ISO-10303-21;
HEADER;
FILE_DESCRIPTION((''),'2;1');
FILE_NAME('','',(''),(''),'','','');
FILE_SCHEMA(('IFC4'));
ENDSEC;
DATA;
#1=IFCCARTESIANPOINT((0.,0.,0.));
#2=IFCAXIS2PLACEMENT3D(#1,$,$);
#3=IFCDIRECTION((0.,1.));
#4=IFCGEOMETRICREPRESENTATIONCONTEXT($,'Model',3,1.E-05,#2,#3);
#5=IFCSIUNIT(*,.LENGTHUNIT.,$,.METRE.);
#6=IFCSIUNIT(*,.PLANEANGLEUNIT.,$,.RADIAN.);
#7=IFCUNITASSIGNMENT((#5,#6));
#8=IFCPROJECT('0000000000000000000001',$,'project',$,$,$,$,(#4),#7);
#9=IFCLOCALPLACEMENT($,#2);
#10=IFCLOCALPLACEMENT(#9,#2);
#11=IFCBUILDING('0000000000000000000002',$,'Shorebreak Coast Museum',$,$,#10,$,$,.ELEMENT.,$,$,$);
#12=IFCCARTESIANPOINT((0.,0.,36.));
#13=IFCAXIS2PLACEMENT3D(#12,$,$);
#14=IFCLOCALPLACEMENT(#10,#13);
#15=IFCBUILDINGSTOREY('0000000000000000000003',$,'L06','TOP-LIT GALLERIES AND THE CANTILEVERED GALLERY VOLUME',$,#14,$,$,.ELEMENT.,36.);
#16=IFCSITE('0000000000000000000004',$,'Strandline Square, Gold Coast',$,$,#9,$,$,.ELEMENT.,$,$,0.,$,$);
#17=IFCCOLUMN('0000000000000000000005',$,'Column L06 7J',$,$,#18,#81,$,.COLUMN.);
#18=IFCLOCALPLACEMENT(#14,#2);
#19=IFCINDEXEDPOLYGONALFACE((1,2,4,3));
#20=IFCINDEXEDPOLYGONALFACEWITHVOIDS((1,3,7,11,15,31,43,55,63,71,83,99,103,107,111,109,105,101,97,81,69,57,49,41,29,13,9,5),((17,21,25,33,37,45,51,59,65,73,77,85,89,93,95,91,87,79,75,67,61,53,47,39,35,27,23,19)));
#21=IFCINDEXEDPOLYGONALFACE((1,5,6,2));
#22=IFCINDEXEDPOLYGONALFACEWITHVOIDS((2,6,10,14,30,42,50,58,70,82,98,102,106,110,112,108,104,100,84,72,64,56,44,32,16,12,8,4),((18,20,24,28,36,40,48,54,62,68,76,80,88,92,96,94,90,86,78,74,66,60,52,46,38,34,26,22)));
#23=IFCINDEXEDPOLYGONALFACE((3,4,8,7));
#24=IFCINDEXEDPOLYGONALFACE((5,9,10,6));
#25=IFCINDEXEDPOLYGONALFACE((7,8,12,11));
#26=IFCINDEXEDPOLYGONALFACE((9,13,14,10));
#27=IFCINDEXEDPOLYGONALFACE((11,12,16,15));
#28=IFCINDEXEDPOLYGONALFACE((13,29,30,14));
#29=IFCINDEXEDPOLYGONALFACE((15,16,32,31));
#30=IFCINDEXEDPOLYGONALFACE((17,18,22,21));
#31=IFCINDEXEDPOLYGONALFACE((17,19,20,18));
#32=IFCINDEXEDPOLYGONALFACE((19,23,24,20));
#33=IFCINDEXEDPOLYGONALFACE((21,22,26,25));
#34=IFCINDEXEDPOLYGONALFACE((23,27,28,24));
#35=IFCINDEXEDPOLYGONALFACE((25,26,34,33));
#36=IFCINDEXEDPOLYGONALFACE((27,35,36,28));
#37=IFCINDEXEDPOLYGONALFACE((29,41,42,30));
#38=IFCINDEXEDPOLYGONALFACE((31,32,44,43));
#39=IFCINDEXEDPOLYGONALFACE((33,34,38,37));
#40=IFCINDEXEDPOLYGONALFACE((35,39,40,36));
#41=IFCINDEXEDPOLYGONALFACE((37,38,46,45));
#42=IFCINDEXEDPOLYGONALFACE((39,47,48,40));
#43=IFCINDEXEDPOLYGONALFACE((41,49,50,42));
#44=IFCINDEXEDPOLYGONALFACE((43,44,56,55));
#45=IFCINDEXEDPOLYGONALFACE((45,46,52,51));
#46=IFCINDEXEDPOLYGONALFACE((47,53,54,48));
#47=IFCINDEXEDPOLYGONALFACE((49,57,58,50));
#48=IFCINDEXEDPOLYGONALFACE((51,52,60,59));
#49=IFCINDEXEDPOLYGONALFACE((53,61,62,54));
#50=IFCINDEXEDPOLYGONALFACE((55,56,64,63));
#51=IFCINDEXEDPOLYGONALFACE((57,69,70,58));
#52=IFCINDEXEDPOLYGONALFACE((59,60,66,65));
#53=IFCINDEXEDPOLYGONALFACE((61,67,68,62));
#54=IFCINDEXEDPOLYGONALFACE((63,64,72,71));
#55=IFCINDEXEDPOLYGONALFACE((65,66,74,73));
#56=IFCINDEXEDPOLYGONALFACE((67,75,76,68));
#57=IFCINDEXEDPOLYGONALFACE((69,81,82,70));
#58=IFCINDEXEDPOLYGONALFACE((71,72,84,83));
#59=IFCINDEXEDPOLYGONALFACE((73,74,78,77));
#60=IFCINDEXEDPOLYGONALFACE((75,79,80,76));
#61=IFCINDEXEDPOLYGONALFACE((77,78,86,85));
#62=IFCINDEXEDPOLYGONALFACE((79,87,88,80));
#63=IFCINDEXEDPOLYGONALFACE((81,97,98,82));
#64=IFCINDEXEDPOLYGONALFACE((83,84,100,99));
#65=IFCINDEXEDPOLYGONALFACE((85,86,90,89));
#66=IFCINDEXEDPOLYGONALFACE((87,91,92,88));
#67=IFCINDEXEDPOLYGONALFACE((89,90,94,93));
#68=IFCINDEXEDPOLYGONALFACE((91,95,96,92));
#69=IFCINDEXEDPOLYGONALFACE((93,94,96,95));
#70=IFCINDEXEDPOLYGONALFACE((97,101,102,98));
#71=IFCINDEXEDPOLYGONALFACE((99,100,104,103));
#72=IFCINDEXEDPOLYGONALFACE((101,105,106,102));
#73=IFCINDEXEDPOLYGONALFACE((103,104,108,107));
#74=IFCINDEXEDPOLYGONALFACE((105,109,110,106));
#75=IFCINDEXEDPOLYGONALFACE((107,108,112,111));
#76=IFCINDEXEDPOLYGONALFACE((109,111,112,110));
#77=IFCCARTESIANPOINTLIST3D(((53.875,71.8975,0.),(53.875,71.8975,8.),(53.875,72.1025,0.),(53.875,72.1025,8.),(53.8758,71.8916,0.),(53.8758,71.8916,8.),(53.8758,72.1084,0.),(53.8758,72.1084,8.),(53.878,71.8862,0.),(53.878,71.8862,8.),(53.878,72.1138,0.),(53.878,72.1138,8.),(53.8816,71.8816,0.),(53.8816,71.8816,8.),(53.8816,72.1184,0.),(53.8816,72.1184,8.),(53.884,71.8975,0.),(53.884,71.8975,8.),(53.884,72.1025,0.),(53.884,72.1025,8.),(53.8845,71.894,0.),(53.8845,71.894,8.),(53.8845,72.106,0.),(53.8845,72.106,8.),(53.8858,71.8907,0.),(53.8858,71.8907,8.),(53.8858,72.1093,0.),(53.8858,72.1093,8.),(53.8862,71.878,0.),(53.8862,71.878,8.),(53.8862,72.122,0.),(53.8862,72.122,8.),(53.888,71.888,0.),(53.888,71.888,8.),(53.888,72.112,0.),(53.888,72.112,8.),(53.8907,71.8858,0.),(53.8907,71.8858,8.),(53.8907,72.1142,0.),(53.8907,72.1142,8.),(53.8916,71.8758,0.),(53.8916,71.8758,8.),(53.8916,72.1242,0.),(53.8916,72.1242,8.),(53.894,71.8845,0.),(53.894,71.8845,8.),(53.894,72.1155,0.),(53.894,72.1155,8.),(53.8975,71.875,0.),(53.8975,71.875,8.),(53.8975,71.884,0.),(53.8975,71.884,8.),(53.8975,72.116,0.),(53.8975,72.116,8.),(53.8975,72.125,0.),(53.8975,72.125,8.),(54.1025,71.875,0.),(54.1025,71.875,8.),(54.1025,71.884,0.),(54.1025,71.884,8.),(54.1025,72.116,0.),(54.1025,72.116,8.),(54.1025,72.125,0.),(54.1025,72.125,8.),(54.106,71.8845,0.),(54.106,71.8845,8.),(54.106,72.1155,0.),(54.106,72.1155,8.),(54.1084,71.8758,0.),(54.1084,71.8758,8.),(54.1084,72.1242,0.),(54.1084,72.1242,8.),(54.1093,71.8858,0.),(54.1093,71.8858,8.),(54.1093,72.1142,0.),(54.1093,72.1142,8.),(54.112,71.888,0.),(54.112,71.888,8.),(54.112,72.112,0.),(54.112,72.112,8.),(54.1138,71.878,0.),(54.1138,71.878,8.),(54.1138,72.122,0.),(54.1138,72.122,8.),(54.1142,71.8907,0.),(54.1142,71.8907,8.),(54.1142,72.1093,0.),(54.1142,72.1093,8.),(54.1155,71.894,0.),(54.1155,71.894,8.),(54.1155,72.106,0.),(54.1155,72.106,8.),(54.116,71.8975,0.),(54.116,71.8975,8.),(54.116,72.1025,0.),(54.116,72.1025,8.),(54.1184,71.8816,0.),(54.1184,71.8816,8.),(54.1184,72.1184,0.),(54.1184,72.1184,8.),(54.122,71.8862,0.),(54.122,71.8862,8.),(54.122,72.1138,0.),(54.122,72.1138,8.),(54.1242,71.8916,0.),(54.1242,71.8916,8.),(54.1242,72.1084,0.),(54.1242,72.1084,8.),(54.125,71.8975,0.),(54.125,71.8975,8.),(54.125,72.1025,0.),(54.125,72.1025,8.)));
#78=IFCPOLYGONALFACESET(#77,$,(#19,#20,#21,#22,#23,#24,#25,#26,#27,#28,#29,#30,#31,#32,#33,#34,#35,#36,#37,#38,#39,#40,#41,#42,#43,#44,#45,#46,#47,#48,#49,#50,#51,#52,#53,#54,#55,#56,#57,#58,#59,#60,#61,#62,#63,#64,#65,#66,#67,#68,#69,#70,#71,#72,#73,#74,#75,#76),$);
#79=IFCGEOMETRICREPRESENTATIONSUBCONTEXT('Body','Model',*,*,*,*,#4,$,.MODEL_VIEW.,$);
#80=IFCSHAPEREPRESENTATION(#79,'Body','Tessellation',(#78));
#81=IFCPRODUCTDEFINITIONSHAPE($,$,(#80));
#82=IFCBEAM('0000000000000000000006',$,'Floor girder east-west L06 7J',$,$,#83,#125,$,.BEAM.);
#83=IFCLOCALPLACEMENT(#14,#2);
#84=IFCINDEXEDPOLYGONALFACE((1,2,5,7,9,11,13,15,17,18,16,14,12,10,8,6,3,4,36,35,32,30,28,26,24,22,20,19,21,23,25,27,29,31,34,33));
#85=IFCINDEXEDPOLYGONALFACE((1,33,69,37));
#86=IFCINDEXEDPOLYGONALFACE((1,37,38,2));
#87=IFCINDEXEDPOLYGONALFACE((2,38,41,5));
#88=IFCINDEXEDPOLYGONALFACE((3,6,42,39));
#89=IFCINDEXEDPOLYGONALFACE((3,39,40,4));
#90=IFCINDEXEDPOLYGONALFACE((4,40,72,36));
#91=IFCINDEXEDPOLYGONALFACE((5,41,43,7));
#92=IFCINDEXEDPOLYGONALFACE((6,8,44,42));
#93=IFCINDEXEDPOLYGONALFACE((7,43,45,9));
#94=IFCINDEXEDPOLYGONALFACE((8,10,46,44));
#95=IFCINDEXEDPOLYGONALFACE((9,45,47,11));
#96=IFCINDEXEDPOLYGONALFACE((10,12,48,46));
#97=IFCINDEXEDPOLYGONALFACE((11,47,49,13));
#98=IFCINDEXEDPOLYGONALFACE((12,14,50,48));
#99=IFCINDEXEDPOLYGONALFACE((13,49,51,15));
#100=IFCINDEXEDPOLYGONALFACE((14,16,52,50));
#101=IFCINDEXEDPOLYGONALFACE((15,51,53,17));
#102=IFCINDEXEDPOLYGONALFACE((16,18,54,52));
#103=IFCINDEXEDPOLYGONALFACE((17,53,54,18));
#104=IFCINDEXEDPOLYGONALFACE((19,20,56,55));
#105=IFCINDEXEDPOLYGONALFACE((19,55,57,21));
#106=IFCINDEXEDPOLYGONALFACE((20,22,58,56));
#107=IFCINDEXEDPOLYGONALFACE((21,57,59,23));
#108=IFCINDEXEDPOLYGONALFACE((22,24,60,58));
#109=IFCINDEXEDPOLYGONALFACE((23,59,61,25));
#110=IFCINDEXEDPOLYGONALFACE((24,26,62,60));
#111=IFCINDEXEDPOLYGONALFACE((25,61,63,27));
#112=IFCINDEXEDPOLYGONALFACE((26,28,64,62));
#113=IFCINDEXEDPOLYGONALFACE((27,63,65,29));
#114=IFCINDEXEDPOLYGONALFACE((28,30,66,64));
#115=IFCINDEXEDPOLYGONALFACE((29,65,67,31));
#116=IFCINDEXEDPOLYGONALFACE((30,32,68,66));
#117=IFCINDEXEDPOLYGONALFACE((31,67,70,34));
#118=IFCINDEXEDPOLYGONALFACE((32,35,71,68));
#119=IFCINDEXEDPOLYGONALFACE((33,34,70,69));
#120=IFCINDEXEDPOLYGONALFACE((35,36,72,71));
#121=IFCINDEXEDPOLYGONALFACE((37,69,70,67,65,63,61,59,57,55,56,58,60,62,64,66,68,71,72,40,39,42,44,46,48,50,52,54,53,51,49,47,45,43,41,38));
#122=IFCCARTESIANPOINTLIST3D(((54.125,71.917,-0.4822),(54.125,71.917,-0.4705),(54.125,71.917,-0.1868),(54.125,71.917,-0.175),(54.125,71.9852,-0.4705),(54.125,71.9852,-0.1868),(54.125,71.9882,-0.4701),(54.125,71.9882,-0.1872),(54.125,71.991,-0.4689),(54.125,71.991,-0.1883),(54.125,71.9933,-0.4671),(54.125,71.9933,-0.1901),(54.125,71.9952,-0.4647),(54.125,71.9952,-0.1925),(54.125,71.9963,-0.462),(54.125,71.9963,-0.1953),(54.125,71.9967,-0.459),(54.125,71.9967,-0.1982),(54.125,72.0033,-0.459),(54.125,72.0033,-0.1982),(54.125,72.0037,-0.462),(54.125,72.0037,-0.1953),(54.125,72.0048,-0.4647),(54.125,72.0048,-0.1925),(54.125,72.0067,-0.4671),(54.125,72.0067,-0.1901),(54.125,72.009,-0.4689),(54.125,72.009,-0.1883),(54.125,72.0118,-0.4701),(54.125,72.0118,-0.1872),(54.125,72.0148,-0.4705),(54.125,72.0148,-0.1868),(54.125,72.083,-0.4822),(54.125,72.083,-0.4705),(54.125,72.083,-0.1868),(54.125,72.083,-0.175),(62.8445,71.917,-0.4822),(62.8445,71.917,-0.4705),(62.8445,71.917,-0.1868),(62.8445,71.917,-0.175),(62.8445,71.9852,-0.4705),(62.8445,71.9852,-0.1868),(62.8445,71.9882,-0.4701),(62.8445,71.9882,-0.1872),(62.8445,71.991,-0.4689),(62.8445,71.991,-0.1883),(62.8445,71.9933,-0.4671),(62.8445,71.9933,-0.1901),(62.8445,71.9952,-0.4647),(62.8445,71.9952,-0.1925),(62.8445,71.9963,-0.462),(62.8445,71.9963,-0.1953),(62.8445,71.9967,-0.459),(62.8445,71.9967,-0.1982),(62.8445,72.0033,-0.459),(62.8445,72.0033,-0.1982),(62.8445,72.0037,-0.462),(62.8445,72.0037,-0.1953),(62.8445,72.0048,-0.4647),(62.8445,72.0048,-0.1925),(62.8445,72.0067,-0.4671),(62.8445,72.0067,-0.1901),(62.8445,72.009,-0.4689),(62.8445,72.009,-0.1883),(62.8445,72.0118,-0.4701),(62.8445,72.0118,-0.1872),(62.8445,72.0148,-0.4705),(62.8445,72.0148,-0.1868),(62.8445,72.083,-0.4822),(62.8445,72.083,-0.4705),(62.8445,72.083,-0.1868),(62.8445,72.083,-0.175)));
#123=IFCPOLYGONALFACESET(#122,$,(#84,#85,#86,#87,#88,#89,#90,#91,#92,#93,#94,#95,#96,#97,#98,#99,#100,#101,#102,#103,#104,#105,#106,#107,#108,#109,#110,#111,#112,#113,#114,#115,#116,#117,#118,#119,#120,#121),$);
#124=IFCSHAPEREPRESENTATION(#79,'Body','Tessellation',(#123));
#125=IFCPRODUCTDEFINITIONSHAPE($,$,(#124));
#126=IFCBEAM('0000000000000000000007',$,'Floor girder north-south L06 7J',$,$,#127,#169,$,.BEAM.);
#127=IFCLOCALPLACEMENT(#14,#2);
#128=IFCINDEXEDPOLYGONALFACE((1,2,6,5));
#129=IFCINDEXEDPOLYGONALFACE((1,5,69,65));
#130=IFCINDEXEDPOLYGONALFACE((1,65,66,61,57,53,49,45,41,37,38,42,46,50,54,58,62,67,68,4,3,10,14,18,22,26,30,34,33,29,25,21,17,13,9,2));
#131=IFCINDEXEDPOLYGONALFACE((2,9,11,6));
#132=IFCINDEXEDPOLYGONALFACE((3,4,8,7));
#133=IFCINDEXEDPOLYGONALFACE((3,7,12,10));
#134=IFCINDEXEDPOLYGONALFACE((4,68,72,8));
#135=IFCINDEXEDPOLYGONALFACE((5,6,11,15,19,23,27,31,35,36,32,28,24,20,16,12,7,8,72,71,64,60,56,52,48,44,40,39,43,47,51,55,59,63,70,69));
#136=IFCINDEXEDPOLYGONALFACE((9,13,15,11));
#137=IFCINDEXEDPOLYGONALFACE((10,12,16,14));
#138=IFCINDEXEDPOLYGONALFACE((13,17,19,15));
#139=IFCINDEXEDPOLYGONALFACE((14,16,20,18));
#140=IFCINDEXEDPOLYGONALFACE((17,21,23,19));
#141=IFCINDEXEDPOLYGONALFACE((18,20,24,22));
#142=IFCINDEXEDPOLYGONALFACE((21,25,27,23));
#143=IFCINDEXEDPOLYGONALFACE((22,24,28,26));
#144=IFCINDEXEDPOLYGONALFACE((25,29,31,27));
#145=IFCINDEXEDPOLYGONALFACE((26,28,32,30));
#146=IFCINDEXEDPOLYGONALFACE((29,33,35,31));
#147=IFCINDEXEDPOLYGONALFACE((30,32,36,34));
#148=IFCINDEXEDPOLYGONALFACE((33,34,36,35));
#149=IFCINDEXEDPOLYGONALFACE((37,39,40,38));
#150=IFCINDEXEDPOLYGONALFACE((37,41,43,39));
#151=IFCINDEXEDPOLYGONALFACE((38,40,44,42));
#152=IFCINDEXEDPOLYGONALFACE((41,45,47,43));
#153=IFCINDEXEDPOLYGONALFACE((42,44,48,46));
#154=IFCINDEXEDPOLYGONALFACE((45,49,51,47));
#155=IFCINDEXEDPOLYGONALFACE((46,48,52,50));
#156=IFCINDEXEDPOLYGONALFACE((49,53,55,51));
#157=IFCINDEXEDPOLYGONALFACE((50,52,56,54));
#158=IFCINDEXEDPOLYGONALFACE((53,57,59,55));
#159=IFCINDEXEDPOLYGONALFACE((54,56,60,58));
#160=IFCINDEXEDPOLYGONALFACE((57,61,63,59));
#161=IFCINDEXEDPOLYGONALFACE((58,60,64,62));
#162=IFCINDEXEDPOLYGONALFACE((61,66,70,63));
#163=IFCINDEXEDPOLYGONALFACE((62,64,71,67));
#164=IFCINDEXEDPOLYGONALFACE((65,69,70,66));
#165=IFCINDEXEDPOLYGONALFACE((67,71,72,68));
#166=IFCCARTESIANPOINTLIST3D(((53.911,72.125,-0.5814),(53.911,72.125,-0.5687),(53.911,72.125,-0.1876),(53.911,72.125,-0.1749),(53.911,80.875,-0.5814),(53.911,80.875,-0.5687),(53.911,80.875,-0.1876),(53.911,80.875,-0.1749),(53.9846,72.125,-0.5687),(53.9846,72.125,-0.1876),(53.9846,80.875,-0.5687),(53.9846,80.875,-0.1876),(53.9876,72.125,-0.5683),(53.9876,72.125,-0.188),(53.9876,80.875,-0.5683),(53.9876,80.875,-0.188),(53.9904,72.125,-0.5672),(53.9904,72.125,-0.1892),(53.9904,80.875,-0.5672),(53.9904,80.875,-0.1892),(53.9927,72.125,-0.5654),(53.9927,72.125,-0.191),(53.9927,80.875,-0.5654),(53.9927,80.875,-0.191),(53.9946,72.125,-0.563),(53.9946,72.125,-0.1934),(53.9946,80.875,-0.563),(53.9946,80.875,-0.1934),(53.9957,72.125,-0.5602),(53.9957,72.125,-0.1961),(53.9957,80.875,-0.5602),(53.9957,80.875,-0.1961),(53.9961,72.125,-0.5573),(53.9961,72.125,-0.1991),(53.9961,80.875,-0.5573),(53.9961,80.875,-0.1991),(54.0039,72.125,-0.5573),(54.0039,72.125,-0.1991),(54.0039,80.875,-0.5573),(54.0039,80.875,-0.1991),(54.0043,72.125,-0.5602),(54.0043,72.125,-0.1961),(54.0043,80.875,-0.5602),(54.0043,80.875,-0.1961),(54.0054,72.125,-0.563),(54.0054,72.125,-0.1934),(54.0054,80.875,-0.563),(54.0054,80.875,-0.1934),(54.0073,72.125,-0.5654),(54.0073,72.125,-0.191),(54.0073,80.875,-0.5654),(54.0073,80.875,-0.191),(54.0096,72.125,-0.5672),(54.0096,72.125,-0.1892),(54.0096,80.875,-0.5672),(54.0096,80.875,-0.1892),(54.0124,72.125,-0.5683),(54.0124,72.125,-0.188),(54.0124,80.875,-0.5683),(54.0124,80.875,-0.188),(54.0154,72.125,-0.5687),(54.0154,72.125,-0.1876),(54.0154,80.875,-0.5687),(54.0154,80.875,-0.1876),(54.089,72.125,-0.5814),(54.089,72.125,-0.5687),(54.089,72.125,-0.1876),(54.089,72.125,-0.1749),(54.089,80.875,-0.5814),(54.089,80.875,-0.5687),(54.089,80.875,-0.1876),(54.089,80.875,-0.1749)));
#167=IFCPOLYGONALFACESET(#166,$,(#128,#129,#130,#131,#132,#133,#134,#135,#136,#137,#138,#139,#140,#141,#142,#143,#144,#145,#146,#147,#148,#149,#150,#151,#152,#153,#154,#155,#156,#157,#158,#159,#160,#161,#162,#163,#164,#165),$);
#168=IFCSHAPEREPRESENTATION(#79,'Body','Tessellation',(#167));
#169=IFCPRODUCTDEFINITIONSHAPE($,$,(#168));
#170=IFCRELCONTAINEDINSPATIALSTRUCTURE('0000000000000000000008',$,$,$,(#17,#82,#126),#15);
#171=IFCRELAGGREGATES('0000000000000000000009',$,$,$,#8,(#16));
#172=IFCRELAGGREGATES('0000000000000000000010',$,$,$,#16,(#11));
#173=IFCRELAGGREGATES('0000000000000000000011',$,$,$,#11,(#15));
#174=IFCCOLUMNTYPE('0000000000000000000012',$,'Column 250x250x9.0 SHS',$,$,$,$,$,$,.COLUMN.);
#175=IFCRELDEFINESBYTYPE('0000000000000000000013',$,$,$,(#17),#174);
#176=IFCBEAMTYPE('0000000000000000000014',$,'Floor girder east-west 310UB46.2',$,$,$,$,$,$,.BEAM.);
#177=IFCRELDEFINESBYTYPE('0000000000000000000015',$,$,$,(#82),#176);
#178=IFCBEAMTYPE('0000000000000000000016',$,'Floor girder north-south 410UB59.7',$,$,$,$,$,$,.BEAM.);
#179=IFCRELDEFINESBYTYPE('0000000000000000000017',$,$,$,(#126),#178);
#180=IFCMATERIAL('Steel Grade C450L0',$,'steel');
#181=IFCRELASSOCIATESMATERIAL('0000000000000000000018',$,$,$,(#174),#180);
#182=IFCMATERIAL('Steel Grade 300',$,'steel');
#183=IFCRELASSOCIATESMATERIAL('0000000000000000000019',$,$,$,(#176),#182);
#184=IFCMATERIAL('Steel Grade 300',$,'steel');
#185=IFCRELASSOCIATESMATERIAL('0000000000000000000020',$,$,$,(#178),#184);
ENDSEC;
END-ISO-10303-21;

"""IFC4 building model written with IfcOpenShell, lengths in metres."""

from ifc_helpers import new_model, si_unit, direction, frame, origin, origin_2d, place, context, subcontext, project, spatial, hollow_rectangle, i_section, extrude, material, material_profile, profile_set, type_object, element, save


model = new_model("IFC4")

# Units and contexts
model_context = context("Model", 3, precision=1e-05, world=origin(), true_north=direction((0.0, 1.0)))
body_context = subcontext(model_context, "Body", "Model", "MODEL_VIEW")
ifc_project = project(units=[si_unit("LENGTHUNIT", "METRE"), si_unit("PLANEANGLEUNIT", "RADIAN")], contexts=[model_context])

# Site, building, storey
site_placement = place(None, origin())
site = spatial("IfcSite", under=ifc_project, at=site_placement, Name="Strandline Square, Gold Coast", CompositionType="ELEMENT", RefElevation=0.0)
building_placement = place(site_placement, origin())
building = spatial("IfcBuilding", under=site, at=building_placement, Name="Shorebreak Coast Museum", CompositionType="ELEMENT")
storey_placement = place(building_placement, frame((0.0, 0.0, 36.0)))
storey = spatial("IfcBuildingStorey", under=building, at=storey_placement, Name="L06", Description="TOP-LIT GALLERIES AND THE CANTILEVERED GALLERY VOLUME", CompositionType="ELEMENT", Elevation=36.0)

# Column
ifc_material_1 = material(Name="Steel Grade C450L0", Category="steel")
ifc_material_profile_1 = material_profile(ifc_material_1, hollow_rectangle(XDim=0.25, YDim=0.25, WallThickness=0.009, InnerFilletRadius=0.0134, OuterFilletRadius=0.0225, at=origin_2d()), Name="250x250x9.0 SHS")
ifc_profile_set_1 = profile_set([ifc_material_profile_1], Name="Steel Grade C450L0")
column_type = type_object("IfcColumnType", Name="Column 250x250x9.0 SHS", PredefinedType="COLUMN", material=ifc_profile_set_1)
column_placement = place(storey_placement, frame((54.0, 72.0, 0.0), z_axis=(0.0, 0.0, 1.0), x_axis=(1.0, 0.0, 0.0)))
element("IfcColumn", 1, at=column_placement, inside=storey, type_object=column_type, Name="Column L06 7J", PredefinedType="COLUMN", context=body_context, shape_type="SweptSolid", body=[
    extrude(hollow_rectangle(XDim=0.25, YDim=0.25, WallThickness=0.009, InnerFilletRadius=0.0134, OuterFilletRadius=0.0225, at=origin_2d()), origin(), (0.0, 0.0, 1.0), 8.0),
])

# Beams
ifc_material_2 = material(Name="Steel Grade 300", Category="steel")
ifc_material_profile_2 = material_profile(ifc_material_2, i_section(OverallWidth=0.166, OverallDepth=0.3071, WebThickness=0.0066, FlangeThickness=0.0117, FilletRadius=0.0115, at=origin_2d()), Name="310UB46.2")
ifc_profile_set_2 = profile_set([ifc_material_profile_2], Name="Steel Grade 300")
beam_type_1 = type_object("IfcBeamType", Name="Floor girder east-west 310UB46.2", PredefinedType="BEAM", material=ifc_profile_set_2)
beam_1_placement = place(storey_placement, frame((54.125, 72.0, -0.3286), z_axis=(1.0, 0.0, 0.0), x_axis=(0.0, 1.0, 0.0)))
element("IfcBeam", 2, at=beam_1_placement, inside=storey, type_object=beam_type_1, Name="Floor girder east-west L06 7J", PredefinedType="BEAM", context=body_context, shape_type="SweptSolid", body=[
    extrude(i_section(OverallWidth=0.166, OverallDepth=0.3071, WebThickness=0.0066, FlangeThickness=0.0117, FilletRadius=0.0115, at=origin_2d()), origin(), (0.0, 0.0, 1.0), 8.7195),
])
ifc_material_3 = material(Name="Steel Grade 300", Category="steel")
ifc_material_profile_3 = material_profile(ifc_material_3, i_section(OverallWidth=0.178, OverallDepth=0.4065, WebThickness=0.0078, FlangeThickness=0.0127, FilletRadius=0.0115, at=origin_2d()), Name="410UB59.7")
ifc_profile_set_3 = profile_set([ifc_material_profile_3], Name="Steel Grade 300")
beam_type_2 = type_object("IfcBeamType", Name="Floor girder north-south 410UB59.7", PredefinedType="BEAM", material=ifc_profile_set_3)
beam_2_placement = place(storey_placement, frame((54.0, 72.125, -0.3782), z_axis=(0.0, 1.0, 0.0), x_axis=(-1.0, 0.0, 0.0)))
element("IfcBeam", 3, at=beam_2_placement, inside=storey, type_object=beam_type_2, Name="Floor girder north-south L06 7J", PredefinedType="BEAM", context=body_context, shape_type="SweptSolid", body=[
    extrude(i_section(OverallWidth=0.178, OverallDepth=0.4065, WebThickness=0.0078, FlangeThickness=0.0127, FilletRadius=0.0115, at=origin_2d()), origin(), (0.0, 0.0, 1.0), 8.75),
])

save(model, "model.ifc")
